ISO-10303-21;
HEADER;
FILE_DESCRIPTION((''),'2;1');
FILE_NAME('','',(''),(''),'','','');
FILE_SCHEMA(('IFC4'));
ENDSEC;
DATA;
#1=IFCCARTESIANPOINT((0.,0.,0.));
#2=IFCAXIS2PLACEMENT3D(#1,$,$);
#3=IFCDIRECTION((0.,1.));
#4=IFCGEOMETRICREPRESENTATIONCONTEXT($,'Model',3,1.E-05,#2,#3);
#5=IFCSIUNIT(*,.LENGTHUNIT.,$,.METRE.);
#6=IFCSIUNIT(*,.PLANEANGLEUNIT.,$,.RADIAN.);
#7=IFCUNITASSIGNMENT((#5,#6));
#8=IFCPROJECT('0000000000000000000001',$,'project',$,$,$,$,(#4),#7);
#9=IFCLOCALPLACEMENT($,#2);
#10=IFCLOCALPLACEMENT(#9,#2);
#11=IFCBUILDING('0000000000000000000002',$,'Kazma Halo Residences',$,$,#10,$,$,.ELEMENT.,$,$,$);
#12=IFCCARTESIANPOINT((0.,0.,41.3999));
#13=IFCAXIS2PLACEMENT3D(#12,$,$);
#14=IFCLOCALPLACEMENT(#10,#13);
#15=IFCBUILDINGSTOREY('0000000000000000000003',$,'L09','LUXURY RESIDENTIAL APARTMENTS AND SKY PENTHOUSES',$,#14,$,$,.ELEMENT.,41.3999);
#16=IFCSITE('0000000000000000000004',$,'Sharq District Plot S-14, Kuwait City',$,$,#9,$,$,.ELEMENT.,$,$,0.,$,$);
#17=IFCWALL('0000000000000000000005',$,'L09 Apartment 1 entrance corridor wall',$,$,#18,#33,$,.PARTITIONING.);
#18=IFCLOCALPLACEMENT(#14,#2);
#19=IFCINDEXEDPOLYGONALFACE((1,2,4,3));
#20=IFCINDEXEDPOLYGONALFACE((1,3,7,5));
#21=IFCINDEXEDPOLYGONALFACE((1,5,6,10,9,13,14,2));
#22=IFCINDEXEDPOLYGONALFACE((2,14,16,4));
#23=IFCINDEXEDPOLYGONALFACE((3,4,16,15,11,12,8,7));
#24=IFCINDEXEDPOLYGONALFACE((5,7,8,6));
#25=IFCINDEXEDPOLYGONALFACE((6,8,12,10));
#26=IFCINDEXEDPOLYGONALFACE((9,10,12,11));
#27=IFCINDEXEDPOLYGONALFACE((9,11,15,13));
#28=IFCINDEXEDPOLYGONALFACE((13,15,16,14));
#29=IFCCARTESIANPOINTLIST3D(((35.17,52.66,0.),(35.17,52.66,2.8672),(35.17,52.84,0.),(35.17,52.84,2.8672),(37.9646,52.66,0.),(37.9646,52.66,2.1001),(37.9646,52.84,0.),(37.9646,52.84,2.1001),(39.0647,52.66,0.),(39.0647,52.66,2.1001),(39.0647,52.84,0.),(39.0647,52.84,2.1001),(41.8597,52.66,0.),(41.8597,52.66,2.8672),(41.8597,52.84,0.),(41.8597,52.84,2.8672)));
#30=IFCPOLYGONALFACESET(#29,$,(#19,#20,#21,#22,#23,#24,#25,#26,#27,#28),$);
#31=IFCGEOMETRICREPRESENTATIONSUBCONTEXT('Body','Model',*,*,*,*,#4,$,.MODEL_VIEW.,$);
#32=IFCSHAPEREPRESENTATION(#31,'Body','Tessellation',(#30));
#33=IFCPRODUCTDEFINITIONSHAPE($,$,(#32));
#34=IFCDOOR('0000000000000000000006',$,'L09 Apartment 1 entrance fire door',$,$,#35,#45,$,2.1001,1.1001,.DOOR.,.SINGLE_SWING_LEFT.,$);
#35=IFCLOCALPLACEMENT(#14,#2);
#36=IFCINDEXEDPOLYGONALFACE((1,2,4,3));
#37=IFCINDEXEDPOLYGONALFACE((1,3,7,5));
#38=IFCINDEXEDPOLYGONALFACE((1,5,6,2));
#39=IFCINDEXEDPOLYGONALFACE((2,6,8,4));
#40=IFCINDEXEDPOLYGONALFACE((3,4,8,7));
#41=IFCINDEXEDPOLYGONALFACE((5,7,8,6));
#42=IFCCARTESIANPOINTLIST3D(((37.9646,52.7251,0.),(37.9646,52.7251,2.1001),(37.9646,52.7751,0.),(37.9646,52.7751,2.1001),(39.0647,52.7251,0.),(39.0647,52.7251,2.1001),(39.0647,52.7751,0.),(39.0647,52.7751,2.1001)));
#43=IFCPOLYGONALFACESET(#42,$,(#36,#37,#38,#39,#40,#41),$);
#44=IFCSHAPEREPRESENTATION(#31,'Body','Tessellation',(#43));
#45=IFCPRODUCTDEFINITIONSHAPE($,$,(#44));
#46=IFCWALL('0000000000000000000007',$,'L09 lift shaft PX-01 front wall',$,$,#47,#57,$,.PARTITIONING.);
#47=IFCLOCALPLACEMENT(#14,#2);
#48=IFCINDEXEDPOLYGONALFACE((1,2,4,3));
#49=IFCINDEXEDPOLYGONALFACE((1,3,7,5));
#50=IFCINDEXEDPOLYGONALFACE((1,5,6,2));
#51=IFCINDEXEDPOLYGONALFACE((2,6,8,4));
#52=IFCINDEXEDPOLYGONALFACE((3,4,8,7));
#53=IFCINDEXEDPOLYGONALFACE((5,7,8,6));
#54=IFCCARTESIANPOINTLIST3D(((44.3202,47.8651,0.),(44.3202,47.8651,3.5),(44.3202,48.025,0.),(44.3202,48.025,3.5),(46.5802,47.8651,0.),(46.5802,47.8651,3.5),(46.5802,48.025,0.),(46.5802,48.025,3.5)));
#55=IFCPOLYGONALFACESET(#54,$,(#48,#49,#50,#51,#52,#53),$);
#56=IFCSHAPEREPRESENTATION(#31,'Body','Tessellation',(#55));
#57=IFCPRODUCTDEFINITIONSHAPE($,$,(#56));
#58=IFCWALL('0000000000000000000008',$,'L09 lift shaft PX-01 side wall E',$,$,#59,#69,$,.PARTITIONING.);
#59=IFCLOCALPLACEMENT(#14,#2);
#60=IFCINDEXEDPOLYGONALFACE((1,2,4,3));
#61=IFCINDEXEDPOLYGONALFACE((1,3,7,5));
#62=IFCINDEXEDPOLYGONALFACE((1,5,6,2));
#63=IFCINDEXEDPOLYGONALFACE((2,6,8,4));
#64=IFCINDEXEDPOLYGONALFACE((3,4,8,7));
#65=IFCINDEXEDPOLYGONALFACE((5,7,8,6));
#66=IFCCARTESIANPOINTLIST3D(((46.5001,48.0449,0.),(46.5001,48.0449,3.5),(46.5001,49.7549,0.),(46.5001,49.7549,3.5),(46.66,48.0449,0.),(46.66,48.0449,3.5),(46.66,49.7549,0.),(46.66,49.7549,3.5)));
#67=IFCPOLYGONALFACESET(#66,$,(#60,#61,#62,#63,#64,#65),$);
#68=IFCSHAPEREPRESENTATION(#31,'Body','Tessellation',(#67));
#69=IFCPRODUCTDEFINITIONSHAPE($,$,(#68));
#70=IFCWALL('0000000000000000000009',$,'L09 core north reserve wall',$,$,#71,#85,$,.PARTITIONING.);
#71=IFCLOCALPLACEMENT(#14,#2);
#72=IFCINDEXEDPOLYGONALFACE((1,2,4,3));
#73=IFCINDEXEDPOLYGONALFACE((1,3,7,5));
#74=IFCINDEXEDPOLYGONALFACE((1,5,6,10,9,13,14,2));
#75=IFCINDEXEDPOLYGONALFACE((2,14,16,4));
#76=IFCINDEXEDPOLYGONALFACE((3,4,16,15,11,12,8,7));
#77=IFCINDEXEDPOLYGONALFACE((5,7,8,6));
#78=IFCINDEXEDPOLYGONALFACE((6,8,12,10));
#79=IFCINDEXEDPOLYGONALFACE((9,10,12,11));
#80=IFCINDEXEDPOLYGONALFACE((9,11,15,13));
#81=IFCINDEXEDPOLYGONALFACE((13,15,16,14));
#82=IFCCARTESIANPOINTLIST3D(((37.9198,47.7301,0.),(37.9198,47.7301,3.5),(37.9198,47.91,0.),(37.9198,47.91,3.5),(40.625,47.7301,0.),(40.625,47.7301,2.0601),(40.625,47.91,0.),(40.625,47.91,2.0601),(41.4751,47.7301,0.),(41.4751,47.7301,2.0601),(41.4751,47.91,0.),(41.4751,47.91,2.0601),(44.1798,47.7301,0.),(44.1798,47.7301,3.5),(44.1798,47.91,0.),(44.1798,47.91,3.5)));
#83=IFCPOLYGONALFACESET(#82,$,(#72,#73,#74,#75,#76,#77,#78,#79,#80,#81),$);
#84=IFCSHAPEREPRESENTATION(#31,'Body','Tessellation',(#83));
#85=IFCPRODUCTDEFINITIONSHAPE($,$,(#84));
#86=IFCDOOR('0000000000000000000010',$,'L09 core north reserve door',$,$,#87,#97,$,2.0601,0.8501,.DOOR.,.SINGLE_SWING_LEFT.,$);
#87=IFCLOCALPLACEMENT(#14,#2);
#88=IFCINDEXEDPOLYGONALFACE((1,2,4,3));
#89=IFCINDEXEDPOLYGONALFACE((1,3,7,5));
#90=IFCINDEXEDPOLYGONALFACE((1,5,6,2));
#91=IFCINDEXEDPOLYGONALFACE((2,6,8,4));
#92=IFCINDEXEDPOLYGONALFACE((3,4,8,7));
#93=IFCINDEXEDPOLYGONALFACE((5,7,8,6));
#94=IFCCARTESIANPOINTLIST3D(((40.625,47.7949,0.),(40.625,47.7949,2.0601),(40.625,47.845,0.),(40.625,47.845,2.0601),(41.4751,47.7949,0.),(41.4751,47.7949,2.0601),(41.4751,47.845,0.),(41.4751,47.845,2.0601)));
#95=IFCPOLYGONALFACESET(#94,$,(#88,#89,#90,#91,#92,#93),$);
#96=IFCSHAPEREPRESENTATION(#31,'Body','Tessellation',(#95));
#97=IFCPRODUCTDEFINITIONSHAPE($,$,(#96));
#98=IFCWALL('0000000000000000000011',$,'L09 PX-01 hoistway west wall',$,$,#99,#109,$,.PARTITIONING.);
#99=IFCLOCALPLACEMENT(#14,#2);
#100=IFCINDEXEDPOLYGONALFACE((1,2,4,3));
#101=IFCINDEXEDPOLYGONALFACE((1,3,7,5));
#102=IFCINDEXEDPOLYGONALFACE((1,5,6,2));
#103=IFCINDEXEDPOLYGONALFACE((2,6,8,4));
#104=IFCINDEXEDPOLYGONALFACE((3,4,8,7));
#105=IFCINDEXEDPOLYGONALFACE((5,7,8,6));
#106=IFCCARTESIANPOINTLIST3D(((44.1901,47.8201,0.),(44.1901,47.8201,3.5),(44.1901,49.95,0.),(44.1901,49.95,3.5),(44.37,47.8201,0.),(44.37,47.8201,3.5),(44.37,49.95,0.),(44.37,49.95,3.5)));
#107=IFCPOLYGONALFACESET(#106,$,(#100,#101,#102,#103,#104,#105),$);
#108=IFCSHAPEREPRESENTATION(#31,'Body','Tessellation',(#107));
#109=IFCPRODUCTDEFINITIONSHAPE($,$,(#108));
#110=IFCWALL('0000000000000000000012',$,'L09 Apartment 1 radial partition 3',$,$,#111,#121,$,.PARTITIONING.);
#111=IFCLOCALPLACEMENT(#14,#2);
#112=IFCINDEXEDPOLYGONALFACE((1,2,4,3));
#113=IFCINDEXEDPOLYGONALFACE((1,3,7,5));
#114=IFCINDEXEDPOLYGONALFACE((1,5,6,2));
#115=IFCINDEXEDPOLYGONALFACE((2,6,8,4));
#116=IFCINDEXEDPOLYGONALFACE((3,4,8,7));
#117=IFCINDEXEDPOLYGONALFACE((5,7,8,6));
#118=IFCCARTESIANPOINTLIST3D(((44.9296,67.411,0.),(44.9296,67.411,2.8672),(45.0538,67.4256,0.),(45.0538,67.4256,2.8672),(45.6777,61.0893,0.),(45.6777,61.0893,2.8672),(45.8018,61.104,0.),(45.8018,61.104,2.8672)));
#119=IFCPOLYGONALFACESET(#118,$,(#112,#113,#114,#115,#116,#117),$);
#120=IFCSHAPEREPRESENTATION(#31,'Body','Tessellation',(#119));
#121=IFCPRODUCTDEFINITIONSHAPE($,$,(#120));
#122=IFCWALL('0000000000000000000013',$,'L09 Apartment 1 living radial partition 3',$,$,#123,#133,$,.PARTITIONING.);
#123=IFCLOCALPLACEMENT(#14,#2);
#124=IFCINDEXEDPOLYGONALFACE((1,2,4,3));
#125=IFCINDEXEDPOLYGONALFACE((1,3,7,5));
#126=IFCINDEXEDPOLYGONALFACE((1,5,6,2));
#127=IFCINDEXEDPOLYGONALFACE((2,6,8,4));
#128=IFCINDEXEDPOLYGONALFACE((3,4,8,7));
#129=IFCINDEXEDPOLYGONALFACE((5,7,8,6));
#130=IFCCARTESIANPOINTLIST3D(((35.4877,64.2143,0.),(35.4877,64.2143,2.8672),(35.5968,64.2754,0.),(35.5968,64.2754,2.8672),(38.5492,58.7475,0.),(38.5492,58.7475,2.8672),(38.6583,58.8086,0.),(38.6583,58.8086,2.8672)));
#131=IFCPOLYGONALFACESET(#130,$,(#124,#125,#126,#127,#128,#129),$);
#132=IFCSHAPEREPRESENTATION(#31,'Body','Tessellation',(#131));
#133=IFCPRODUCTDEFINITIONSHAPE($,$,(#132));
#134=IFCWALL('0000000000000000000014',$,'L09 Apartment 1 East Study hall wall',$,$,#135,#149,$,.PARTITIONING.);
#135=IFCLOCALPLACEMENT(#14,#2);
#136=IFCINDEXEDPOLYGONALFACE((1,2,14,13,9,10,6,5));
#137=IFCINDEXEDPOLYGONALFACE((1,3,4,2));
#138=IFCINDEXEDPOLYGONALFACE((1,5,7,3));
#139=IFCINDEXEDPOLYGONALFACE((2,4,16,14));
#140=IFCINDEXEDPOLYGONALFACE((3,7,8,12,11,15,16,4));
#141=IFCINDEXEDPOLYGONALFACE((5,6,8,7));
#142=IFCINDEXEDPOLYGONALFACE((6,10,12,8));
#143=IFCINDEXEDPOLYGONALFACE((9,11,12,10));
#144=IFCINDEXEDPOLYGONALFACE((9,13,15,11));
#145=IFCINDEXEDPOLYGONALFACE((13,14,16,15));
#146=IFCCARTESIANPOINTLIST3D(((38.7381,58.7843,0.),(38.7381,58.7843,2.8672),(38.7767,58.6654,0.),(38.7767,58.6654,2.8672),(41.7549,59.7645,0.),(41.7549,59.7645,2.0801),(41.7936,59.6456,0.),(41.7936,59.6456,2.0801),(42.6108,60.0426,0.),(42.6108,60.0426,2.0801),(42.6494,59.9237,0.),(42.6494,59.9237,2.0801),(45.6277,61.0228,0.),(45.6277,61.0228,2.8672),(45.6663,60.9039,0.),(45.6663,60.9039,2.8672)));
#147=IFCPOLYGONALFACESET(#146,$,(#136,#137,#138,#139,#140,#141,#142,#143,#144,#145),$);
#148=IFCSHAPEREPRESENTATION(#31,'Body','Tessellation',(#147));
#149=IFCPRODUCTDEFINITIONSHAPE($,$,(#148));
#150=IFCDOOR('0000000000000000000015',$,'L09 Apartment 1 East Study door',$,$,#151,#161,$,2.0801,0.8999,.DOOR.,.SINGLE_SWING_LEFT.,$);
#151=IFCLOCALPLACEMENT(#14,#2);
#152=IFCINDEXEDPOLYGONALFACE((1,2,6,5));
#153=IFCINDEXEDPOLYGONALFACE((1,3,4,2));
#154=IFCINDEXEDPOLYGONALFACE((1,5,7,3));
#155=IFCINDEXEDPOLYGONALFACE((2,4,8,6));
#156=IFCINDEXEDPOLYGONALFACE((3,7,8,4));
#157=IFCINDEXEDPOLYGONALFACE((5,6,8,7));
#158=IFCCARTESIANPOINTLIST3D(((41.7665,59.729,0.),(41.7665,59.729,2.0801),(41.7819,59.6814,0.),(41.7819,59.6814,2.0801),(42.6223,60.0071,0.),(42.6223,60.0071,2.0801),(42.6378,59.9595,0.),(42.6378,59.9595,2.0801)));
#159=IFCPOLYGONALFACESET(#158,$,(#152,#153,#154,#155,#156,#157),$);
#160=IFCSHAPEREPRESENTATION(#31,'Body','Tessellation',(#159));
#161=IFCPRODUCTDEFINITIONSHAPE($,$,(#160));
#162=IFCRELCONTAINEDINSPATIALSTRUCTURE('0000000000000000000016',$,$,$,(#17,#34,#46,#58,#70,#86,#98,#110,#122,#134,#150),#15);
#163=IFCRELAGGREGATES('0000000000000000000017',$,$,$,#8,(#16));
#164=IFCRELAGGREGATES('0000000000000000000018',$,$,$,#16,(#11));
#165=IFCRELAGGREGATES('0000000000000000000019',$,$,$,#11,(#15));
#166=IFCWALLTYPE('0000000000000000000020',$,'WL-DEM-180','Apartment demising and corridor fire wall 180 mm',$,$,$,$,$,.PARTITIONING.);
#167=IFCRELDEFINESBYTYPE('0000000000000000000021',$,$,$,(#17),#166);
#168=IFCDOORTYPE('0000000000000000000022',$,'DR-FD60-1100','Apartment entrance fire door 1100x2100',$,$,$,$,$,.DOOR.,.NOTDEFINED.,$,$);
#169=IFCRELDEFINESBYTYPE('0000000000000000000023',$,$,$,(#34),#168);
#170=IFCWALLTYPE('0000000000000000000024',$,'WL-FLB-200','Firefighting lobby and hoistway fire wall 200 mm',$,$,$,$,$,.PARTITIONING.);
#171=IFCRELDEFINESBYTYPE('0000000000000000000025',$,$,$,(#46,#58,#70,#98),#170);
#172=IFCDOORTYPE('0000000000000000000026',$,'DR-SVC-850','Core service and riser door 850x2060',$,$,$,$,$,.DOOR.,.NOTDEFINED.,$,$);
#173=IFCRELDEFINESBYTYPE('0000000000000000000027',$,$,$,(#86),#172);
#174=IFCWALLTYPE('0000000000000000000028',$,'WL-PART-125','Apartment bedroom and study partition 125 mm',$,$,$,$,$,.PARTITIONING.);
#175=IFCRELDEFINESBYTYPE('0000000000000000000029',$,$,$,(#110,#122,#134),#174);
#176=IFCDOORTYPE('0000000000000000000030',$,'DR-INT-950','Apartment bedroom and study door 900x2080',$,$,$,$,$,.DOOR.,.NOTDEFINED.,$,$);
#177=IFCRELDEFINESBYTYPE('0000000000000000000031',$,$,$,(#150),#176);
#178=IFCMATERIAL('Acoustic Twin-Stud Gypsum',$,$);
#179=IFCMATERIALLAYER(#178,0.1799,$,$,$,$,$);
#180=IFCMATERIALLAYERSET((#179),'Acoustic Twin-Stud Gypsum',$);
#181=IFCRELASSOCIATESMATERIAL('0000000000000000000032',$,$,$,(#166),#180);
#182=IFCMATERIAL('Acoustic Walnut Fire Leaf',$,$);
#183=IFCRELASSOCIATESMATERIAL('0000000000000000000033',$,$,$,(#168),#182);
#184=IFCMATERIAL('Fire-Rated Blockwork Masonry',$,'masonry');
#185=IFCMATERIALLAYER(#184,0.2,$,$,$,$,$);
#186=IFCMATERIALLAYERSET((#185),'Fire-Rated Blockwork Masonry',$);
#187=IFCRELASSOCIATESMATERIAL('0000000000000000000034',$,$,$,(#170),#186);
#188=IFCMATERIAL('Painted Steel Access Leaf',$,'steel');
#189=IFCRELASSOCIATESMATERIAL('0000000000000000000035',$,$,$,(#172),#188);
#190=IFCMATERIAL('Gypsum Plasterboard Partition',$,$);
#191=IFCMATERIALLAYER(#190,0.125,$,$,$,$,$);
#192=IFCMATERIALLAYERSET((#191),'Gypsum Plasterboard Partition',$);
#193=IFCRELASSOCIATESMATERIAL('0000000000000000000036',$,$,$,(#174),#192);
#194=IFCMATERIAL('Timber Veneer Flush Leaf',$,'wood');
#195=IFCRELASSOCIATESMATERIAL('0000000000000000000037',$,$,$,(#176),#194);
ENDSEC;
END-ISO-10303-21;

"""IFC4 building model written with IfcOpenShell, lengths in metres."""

from ifc_helpers import new_model, si_unit, direction, frame, frame_2d, origin, place, context, subcontext, project, spatial, rectangle, extrude, material, layer, layer_set, type_object, element, fill, save


model = new_model("IFC4")

# Units and contexts
model_context = context("Model", 3, precision=1e-05, world=origin(), true_north=direction((0.0, 1.0)))
body_context = subcontext(model_context, "Body", "Model", "MODEL_VIEW")
ifc_project = project(units=[si_unit("LENGTHUNIT", "METRE"), si_unit("PLANEANGLEUNIT", "RADIAN")], contexts=[model_context])

# Site, building, storey
site_placement = place(None, origin())
site = spatial("IfcSite", under=ifc_project, at=site_placement, Name="Sharq District Plot S-14, Kuwait City", CompositionType="ELEMENT", RefElevation=0.0)
building_placement = place(site_placement, origin())
building = spatial("IfcBuilding", under=site, at=building_placement, Name="Kazma Halo Residences", CompositionType="ELEMENT")
storey_placement = place(building_placement, frame((0.0, 0.0, 41.3999)))
storey = spatial("IfcBuildingStorey", under=building, at=storey_placement, Name="L09", Description="LUXURY RESIDENTIAL APARTMENTS AND SKY PENTHOUSES", CompositionType="ELEMENT", Elevation=41.3999)

# Wall, opening, door
ifc_material_1 = material(Name="Acoustic Twin-Stud Gypsum")
ifc_layer_1 = layer(ifc_material_1, 0.1799)
ifc_layer_set_1 = layer_set([ifc_layer_1], Name="Acoustic Twin-Stud Gypsum")
wall_type_1 = type_object("IfcWallType", Name="WL-DEM-180", Description="Apartment demising and corridor fire wall 180 mm", PredefinedType="PARTITIONING", material=ifc_layer_set_1)
wall_1_placement = place(storey_placement, frame((41.8596, 52.75, 0.0), z_axis=(0.0, 0.0, 1.0), x_axis=(-1.0, 0.0, 0.0)))
wall_1 = element("IfcWall", 1, at=wall_1_placement, inside=storey, type_object=wall_type_1, Name="L09 Apartment 1 entrance corridor wall", PredefinedType="PARTITIONING", context=body_context, shape_type="SweptSolid", body=[
    extrude(rectangle(XDim=6.6897, YDim=0.1799, at=frame_2d((3.3447, 0.0))), origin(), (0.0, 0.0, 1.0), 2.8672),
])
opening_1_placement = place(wall_1_placement, frame((2.7949, 0.0, 0.0)))
opening_1 = element("IfcOpeningElement", 2, at=opening_1_placement, cuts=wall_1, PredefinedType="OPENING", context=body_context, shape_type="SweptSolid", body=[
    extrude(rectangle(XDim=1.1001, YDim=2.1001, at=frame_2d((0.55, 1.05))), frame((0.0, 0.0999, 0.0), z_axis=(0.0, -1.0, 0.0), x_axis=(1.0, 0.0, 0.0)), (0.0, 0.0, 1.0), 0.2),
])
ifc_material_2 = material(Name="Acoustic Walnut Fire Leaf")
door_type_1 = type_object("IfcDoorType", Name="DR-FD60-1100", Description="Apartment entrance fire door 1100x2100", OperationType="NOTDEFINED", PredefinedType="DOOR", material=ifc_material_2)
door_1_placement = place(opening_1_placement, origin())
door_1 = element("IfcDoor", 3, at=door_1_placement, inside=storey, type_object=door_type_1, Name="L09 Apartment 1 entrance fire door", OperationType="SINGLE_SWING_LEFT", OverallHeight=2.1001, OverallWidth=1.1001, PredefinedType="DOOR", context=body_context, shape_type="SweptSolid", body=[
    extrude(rectangle(XDim=1.1001, YDim=2.1001, at=frame_2d((0.55, 1.05))), frame((0.0, 0.0249, 0.0), z_axis=(0.0, -1.0, 0.0), x_axis=(1.0, 0.0, 0.0)), (0.0, 0.0, 1.0), 0.05),
])
fill(opening_1, door_1)

# Walls
ifc_material_3 = material(Name="Fire-Rated Blockwork Masonry", Category="masonry")
ifc_layer_2 = layer(ifc_material_3, 0.2)
ifc_layer_set_2 = layer_set([ifc_layer_2], Name="Fire-Rated Blockwork Masonry")
wall_type_2 = type_object("IfcWallType", Name="WL-FLB-200", Description="Firefighting lobby and hoistway fire wall 200 mm", PredefinedType="PARTITIONING", material=ifc_layer_set_2)
wall_2_placement = place(storey_placement, frame((46.5801, 47.9451, 0.0), z_axis=(0.0, 0.0, 1.0), x_axis=(-1.0, 0.0, 0.0)))
element("IfcWall", 4, at=wall_2_placement, inside=storey, type_object=wall_type_2, Name="L09 lift shaft PX-01 front wall", PredefinedType="PARTITIONING", context=body_context, shape_type="SweptSolid", body=[
    extrude(rectangle(XDim=2.26, YDim=0.1599, at=frame_2d((1.1299, 0.0))), origin(), (0.0, 0.0, 1.0), 3.5),
])
wall_3_placement = place(storey_placement, frame((46.5801, 48.0449, 0.0), z_axis=(0.0, 0.0, 1.0), x_axis=(0.0, 1.0, 0.0)))
element("IfcWall", 5, at=wall_3_placement, inside=storey, type_object=wall_type_2, Name="L09 lift shaft PX-01 side wall E", PredefinedType="PARTITIONING", context=body_context, shape_type="SweptSolid", body=[
    extrude(rectangle(XDim=1.71, YDim=0.1599, at=frame_2d((0.855, 0.0))), origin(), (0.0, 0.0, 1.0), 3.5),
])

# Wall, opening, door
wall_4_placement = place(storey_placement, frame((37.9199, 47.8201, 0.0), z_axis=(0.0, 0.0, 1.0), x_axis=(1.0, 0.0, 0.0)))
wall_4 = element("IfcWall", 6, at=wall_4_placement, inside=storey, type_object=wall_type_2, Name="L09 core north reserve wall", PredefinedType="PARTITIONING", context=body_context, shape_type="SweptSolid", body=[
    extrude(rectangle(XDim=6.26, YDim=0.1799, at=frame_2d((3.1299, 0.0))), origin(), (0.0, 0.0, 1.0), 3.5),
])
opening_2_placement = place(wall_4_placement, frame((2.7051, 0.0, 0.0)))
opening_2 = element("IfcOpeningElement", 7, at=opening_2_placement, cuts=wall_4, PredefinedType="OPENING", context=body_context, shape_type="SweptSolid", body=[
    extrude(rectangle(XDim=0.8501, YDim=2.0601, at=frame_2d((0.425, 1.03))), frame((0.0, 0.0999, 0.0), z_axis=(0.0, -1.0, 0.0), x_axis=(1.0, 0.0, 0.0)), (0.0, 0.0, 1.0), 0.2),
])
ifc_material_4 = material(Name="Painted Steel Access Leaf", Category="steel")
door_type_2 = type_object("IfcDoorType", Name="DR-SVC-850", Description="Core service and riser door 850x2060", OperationType="NOTDEFINED", PredefinedType="DOOR", material=ifc_material_4)
door_2_placement = place(opening_2_placement, origin())
door_2 = element("IfcDoor", 8, at=door_2_placement, inside=storey, type_object=door_type_2, Name="L09 core north reserve door", OperationType="SINGLE_SWING_LEFT", OverallHeight=2.0601, OverallWidth=0.8501, PredefinedType="DOOR", context=body_context, shape_type="SweptSolid", body=[
    extrude(rectangle(XDim=0.8501, YDim=2.0601, at=frame_2d((0.425, 1.03))), frame((0.0, 0.0249, 0.0), z_axis=(0.0, -1.0, 0.0), x_axis=(1.0, 0.0, 0.0)), (0.0, 0.0, 1.0), 0.05),
])
fill(opening_2, door_2)

# Walls
wall_5_placement = place(storey_placement, frame((44.28, 47.8201, 0.0), z_axis=(0.0, 0.0, 1.0), x_axis=(0.0, 1.0, 0.0)))
element("IfcWall", 9, at=wall_5_placement, inside=storey, type_object=wall_type_2, Name="L09 PX-01 hoistway west wall", PredefinedType="PARTITIONING", context=body_context, shape_type="SweptSolid", body=[
    extrude(rectangle(XDim=2.1299, YDim=0.1799, at=frame_2d((1.0649, 0.0))), origin(), (0.0, 0.0, 1.0), 3.5),
])
ifc_material_5 = material(Name="Gypsum Plasterboard Partition")
ifc_layer_3 = layer(ifc_material_5, 0.125)
ifc_layer_set_3 = layer_set([ifc_layer_3], Name="Gypsum Plasterboard Partition")
wall_type_3 = type_object("IfcWallType", Name="WL-PART-125", Description="Apartment bedroom and study partition 125 mm", PredefinedType="PARTITIONING", material=ifc_layer_set_3)
wall_6_placement = place(storey_placement, frame((45.7397, 61.0967, 0.0), z_axis=(0.0, 0.0, 1.0), x_axis=(-0.117513, 0.993071, 0.0)))
element("IfcWall", 10, at=wall_6_placement, inside=storey, type_object=wall_type_3, Name="L09 Apartment 1 radial partition 3", PredefinedType="PARTITIONING", context=body_context, shape_type="SweptSolid", body=[
    extrude(rectangle(XDim=6.3657, YDim=0.125, at=frame_2d((3.1829, 0.0))), origin(), (0.0, 0.0, 1.0), 2.8672),
])
wall_7_placement = place(storey_placement, frame((38.6038, 58.7781, 0.0), z_axis=(0.0, 0.0, 1.0), x_axis=(-0.488618, 0.872498, 0.0)))
element("IfcWall", 11, at=wall_7_placement, inside=storey, type_object=wall_type_3, Name="L09 Apartment 1 living radial partition 3", PredefinedType="PARTITIONING", context=body_context, shape_type="SweptSolid", body=[
    extrude(rectangle(XDim=6.2656, YDim=0.125, at=frame_2d((3.1328, 0.0))), origin(), (0.0, 0.0, 1.0), 2.8672),
])

# Wall, opening, door
wall_8_placement = place(storey_placement, frame((45.647, 60.9634, 0.0), z_axis=(0.0, 0.0, 1.0), x_axis=(-0.951059, -0.30901, 0.0)))
wall_8 = element("IfcWall", 12, at=wall_8_placement, inside=storey, type_object=wall_type_3, Name="L09 Apartment 1 East Study hall wall", PredefinedType="PARTITIONING", context=body_context, shape_type="SweptSolid", body=[
    extrude(rectangle(XDim=7.2441, YDim=0.125, at=frame_2d((3.6221, 0.0))), origin(), (0.0, 0.0, 1.0), 2.8672),
])
opening_3_placement = place(wall_8_placement, frame((3.1721, 0.0, 0.0)))
opening_3 = element("IfcOpeningElement", 13, at=opening_3_placement, cuts=wall_8, PredefinedType="OPENING", context=body_context, shape_type="SweptSolid", body=[
    extrude(rectangle(XDim=0.8999, YDim=2.0801, at=frame_2d((0.45, 1.04))), frame((0.0, 0.0725, 0.0), z_axis=(0.0, -1.0, 0.0), x_axis=(1.0, 0.0, 0.0)), (0.0, 0.0, 1.0), 0.145),
])
ifc_material_6 = material(Name="Timber Veneer Flush Leaf", Category="wood")
door_type_3 = type_object("IfcDoorType", Name="DR-INT-950", Description="Apartment bedroom and study door 900x2080", OperationType="NOTDEFINED", PredefinedType="DOOR", material=ifc_material_6)
door_3_placement = place(opening_3_placement, origin())
door_3 = element("IfcDoor", 14, at=door_3_placement, inside=storey, type_object=door_type_3, Name="L09 Apartment 1 East Study door", OperationType="SINGLE_SWING_LEFT", OverallHeight=2.0801, OverallWidth=0.8999, PredefinedType="DOOR", context=body_context, shape_type="SweptSolid", body=[
    extrude(rectangle(XDim=0.8999, YDim=2.0801, at=frame_2d((0.45, 1.04))), frame((0.0, 0.0249, 0.0), z_axis=(0.0, -1.0, 0.0), x_axis=(1.0, 0.0, 0.0)), (0.0, 0.0, 1.0), 0.05),
])
fill(opening_3, door_3)

save(model, "model.ifc")
